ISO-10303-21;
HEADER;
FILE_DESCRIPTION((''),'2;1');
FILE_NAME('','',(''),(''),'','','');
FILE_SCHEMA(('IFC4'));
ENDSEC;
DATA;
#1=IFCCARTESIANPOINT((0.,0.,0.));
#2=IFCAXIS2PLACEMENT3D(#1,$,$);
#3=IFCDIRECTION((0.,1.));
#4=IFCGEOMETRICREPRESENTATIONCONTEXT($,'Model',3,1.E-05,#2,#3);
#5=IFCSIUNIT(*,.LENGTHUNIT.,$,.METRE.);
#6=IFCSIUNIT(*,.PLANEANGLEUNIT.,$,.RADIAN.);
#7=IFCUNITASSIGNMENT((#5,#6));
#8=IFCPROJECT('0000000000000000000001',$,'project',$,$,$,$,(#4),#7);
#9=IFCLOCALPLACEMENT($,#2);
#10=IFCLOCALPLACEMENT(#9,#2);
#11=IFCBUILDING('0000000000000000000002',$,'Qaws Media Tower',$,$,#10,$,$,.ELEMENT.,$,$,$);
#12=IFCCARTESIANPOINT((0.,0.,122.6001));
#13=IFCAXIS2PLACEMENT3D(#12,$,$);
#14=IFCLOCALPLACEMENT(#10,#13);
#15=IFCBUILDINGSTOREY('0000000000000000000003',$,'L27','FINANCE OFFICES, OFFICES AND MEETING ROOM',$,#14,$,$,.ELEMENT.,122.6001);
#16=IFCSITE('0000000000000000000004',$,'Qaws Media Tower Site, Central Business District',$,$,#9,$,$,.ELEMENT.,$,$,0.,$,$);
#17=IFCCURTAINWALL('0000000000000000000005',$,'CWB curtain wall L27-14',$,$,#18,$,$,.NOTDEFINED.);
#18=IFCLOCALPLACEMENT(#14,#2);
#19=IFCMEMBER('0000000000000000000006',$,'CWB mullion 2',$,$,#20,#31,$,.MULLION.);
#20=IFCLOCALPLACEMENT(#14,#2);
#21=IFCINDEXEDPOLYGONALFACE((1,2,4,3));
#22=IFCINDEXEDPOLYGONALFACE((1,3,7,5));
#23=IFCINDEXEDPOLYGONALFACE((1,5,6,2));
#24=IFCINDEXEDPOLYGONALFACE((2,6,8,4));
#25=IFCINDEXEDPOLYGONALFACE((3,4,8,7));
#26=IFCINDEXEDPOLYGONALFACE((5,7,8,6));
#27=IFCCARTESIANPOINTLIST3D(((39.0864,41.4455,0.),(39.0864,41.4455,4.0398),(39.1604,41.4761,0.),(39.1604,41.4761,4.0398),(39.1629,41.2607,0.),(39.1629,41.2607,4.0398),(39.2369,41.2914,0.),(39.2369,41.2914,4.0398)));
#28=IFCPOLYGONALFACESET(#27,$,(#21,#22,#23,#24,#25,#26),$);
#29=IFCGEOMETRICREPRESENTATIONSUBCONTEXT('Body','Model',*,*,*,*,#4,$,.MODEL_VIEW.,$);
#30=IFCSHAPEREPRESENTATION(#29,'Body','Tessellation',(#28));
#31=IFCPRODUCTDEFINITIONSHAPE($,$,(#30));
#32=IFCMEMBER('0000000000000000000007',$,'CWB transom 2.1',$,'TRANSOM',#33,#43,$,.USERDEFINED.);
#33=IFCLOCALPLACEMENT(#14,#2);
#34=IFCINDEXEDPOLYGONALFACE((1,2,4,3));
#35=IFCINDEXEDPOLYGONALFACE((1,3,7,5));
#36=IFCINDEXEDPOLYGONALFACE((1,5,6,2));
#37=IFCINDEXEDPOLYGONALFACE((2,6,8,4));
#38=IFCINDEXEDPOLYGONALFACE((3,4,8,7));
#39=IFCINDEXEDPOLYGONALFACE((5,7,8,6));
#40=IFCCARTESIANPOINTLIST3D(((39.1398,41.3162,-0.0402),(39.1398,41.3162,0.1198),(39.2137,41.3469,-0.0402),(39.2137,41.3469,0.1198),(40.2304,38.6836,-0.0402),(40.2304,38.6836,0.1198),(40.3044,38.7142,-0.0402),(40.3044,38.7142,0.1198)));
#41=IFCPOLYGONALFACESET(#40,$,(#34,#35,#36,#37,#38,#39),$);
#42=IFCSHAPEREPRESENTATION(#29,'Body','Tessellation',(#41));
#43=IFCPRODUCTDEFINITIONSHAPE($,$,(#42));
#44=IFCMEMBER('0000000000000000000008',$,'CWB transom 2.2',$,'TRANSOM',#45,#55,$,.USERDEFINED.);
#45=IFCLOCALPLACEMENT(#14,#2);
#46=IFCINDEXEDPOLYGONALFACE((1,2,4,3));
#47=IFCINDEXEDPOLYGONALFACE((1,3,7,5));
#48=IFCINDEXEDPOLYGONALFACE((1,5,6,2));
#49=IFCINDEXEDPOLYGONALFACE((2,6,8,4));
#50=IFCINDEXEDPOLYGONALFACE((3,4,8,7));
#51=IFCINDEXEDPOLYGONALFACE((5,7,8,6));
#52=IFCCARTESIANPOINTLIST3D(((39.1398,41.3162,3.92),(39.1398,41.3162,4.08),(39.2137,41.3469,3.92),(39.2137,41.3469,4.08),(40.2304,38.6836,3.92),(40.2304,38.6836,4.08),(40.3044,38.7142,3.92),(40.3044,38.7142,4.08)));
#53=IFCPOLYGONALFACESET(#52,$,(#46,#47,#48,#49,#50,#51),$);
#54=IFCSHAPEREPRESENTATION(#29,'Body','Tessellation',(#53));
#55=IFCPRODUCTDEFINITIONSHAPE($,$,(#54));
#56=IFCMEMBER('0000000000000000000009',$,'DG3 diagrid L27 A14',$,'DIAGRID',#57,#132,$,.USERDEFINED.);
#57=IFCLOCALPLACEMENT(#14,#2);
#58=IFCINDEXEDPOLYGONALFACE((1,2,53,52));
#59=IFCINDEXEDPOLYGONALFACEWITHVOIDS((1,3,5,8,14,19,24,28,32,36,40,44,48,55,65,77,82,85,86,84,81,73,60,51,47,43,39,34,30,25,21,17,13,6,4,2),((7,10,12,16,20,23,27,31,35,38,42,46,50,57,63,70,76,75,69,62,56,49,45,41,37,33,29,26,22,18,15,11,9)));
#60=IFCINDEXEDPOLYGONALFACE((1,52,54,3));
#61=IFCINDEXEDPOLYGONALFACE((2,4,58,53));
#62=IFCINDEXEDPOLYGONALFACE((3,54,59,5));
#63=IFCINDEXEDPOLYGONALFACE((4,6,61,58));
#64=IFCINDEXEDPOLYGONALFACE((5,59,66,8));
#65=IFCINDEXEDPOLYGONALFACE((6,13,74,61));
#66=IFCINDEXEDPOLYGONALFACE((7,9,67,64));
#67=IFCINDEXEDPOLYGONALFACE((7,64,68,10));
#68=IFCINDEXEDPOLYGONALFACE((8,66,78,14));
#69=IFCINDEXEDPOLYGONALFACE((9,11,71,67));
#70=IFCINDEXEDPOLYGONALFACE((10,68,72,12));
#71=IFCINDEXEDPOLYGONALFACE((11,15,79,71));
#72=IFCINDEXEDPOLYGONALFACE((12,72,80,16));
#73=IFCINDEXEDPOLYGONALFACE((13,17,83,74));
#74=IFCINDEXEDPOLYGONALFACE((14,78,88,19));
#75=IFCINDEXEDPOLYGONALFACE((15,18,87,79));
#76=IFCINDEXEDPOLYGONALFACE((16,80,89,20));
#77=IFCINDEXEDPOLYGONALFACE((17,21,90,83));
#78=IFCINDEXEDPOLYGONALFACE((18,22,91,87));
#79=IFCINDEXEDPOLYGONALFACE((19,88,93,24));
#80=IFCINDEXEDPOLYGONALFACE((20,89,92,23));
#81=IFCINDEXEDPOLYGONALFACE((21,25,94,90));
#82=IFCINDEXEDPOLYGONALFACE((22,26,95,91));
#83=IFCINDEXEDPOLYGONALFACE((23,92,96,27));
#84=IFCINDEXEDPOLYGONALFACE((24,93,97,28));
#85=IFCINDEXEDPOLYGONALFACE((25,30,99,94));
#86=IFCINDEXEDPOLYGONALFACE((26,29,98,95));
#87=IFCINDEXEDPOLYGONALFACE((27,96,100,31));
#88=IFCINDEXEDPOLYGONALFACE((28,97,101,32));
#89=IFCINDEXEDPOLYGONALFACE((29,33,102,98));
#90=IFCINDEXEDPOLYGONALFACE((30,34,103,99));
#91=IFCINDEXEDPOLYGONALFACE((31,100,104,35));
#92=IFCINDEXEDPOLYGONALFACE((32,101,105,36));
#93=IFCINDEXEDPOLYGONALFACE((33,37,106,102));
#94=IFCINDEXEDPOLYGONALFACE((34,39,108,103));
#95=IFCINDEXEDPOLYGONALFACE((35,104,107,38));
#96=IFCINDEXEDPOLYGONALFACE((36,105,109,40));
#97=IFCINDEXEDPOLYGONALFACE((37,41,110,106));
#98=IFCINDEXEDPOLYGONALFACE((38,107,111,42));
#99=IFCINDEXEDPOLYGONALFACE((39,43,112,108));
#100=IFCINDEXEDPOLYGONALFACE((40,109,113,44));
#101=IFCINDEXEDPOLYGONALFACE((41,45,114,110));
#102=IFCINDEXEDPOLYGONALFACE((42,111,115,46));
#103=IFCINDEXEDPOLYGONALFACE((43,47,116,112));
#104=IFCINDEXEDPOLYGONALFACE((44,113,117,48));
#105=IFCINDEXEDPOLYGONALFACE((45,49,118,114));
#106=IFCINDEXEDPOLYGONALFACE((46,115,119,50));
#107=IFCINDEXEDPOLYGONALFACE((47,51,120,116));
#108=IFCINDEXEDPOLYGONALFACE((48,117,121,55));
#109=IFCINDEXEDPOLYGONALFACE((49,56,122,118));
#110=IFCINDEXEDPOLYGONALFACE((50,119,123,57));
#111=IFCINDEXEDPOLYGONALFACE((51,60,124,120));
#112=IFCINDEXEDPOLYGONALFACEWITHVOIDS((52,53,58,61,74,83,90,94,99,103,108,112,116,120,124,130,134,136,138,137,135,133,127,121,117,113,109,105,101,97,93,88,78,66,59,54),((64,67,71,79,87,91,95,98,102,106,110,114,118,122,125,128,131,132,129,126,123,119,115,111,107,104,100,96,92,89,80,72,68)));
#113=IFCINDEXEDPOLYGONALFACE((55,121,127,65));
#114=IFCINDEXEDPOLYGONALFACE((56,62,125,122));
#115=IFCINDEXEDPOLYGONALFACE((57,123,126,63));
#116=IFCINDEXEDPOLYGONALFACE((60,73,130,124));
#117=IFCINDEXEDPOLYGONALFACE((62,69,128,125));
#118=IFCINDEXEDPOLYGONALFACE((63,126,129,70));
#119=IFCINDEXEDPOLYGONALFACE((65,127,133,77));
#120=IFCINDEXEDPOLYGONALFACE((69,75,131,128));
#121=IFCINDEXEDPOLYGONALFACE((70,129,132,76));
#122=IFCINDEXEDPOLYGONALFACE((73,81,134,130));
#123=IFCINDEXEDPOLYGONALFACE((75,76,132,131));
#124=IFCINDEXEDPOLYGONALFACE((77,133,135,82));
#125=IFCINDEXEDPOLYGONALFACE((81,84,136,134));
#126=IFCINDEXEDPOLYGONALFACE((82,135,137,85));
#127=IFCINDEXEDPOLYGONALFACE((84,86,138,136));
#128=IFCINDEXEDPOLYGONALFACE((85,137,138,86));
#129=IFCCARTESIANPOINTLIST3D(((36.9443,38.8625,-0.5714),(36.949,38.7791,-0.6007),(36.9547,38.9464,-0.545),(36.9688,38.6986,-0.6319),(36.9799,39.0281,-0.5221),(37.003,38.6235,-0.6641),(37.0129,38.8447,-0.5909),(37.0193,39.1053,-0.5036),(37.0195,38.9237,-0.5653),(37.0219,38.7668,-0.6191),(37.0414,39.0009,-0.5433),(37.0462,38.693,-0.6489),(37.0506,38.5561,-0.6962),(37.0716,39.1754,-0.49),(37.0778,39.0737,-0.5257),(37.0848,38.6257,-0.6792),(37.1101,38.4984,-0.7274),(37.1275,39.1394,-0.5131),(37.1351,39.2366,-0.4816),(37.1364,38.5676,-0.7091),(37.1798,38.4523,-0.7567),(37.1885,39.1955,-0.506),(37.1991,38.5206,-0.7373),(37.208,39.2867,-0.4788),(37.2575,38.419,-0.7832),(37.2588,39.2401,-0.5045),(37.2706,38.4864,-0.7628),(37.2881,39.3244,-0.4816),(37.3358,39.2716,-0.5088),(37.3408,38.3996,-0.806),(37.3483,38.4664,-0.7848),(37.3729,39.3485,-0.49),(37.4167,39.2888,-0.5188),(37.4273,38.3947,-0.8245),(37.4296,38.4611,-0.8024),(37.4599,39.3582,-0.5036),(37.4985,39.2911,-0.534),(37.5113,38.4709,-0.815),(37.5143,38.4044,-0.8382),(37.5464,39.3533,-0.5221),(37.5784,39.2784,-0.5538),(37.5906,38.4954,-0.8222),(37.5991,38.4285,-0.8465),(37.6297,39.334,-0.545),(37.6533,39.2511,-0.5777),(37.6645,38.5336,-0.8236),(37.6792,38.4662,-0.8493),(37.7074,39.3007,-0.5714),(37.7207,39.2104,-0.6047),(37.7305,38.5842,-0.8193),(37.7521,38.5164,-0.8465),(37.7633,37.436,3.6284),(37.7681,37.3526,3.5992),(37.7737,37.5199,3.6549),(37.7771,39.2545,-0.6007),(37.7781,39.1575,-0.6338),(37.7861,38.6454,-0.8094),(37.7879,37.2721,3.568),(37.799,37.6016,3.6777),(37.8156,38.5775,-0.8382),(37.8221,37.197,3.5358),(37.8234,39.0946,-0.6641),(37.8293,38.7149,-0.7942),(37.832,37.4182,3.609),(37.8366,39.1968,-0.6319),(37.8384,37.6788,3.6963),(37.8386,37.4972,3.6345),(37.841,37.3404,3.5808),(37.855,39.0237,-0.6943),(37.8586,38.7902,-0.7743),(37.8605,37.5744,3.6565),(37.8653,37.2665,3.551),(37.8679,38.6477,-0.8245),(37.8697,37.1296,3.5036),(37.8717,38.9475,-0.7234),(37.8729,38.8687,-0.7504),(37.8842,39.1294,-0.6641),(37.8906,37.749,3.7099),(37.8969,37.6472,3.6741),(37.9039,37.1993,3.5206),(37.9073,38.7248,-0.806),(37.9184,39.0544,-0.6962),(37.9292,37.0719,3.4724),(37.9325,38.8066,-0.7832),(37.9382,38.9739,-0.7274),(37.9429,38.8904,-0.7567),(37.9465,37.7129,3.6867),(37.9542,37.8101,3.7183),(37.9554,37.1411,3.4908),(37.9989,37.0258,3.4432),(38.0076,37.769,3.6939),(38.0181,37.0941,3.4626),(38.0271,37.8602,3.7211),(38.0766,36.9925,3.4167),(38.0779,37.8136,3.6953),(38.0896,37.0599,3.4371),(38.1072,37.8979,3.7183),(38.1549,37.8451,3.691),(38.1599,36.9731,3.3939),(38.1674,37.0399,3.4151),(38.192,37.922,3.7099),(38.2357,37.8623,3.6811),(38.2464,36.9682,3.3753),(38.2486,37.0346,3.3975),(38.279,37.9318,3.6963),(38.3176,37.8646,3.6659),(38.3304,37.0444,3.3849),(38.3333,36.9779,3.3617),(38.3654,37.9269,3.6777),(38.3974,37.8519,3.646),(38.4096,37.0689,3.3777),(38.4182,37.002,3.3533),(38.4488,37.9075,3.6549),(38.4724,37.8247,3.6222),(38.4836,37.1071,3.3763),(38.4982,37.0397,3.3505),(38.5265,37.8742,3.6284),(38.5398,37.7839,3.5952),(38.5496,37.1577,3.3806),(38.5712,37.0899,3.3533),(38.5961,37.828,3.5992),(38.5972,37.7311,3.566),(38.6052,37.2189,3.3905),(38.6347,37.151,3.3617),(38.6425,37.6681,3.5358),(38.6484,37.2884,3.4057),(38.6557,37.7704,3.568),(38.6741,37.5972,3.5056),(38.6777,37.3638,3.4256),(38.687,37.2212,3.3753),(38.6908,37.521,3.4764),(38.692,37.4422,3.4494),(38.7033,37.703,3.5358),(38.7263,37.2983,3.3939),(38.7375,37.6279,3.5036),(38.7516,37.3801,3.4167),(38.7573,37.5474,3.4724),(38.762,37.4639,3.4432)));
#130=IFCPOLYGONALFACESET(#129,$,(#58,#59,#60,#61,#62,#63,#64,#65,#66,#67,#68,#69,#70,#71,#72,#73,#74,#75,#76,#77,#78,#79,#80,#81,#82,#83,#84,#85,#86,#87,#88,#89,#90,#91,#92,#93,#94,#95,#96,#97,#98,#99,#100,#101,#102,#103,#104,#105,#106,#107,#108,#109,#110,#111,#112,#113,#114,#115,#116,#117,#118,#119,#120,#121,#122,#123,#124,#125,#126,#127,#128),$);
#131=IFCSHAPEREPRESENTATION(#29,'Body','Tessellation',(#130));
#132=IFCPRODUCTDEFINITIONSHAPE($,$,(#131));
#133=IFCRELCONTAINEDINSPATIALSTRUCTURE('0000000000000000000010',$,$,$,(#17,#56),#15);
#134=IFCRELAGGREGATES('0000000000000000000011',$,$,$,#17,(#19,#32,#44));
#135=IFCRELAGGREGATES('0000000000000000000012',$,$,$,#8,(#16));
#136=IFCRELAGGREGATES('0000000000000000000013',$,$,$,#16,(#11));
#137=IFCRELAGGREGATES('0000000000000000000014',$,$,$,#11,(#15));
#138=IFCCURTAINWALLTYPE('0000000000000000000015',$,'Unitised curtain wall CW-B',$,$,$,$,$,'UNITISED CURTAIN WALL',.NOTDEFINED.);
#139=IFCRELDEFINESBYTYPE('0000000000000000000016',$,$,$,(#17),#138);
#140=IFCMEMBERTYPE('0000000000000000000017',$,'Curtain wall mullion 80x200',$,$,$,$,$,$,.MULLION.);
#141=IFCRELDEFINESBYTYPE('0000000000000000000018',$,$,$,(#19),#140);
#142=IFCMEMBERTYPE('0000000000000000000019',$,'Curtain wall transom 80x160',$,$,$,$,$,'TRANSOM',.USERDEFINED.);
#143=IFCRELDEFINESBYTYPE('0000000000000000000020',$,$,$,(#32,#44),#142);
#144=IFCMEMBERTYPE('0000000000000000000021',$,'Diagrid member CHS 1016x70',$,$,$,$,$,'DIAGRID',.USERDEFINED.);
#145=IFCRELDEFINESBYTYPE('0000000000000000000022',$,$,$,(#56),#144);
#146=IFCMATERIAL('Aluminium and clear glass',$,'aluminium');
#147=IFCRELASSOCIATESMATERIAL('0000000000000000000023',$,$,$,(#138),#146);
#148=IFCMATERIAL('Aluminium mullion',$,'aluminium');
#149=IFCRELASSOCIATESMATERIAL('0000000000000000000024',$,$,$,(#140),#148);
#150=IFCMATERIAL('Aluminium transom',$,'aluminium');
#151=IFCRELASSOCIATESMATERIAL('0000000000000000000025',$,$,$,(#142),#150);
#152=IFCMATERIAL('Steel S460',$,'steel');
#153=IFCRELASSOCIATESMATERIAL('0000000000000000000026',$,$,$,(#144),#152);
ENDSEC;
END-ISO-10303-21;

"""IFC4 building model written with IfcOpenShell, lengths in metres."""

from ifc_helpers import new_model, si_unit, direction, frame, origin, origin_2d, place, context, subcontext, project, spatial, rectangle, hollow_circle, extrude, material, material_profile, profile_set, type_object, element, aggregate, save


model = new_model("IFC4")

# Units and contexts
model_context = context("Model", 3, precision=1e-05, world=origin(), true_north=direction((0.0, 1.0)))
body_context = subcontext(model_context, "Body", "Model", "MODEL_VIEW")
ifc_project = project(units=[si_unit("LENGTHUNIT", "METRE"), si_unit("PLANEANGLEUNIT", "RADIAN")], contexts=[model_context])

# Site, building, storey
site_placement = place(None, origin())
site = spatial("IfcSite", under=ifc_project, at=site_placement, Name="Qaws Media Tower Site, Central Business District", CompositionType="ELEMENT", RefElevation=0.0)
building_placement = place(site_placement, origin())
building = spatial("IfcBuilding", under=site, at=building_placement, Name="Qaws Media Tower", CompositionType="ELEMENT")
storey_placement = place(building_placement, frame((0.0, 0.0, 122.6001)))
storey = spatial("IfcBuildingStorey", under=building, at=storey_placement, Name="L27", Description="FINANCE OFFICES, OFFICES AND MEETING ROOM", CompositionType="ELEMENT", Elevation=122.6001)

# Curtain wall, members
ifc_material_1 = material(Name="Aluminium and clear glass", Category="aluminium")
curtain_wall_type = type_object("IfcCurtainWallType", Name="Unitised curtain wall CW-B", ElementType="UNITISED CURTAIN WALL", PredefinedType="NOTDEFINED", material=ifc_material_1)
curtain_wall_placement = place(storey_placement, origin())
curtain_wall = element("IfcCurtainWall", 1, at=curtain_wall_placement, inside=storey, type_object=curtain_wall_type, Name="CWB curtain wall L27-14", PredefinedType="NOTDEFINED")
ifc_material_2 = material(Name="Aluminium mullion", Category="aluminium")
ifc_material_profile_1 = material_profile(ifc_material_2, rectangle(XDim=0.0801, YDim=0.2, at=origin_2d()), Name="80x200")
ifc_profile_set_1 = profile_set([ifc_material_profile_1], Name="Aluminium mullion")
member_type_1 = type_object("IfcMemberType", Name="Curtain wall mullion 80x200", PredefinedType="MULLION", material=ifc_profile_set_1)
member_1_placement = place(storey_placement, frame((39.1616, 41.3684, 0.0), z_axis=(0.0, 0.0, 1.0), x_axis=(0.92388, 0.382683, 0.0)))
member_1 = element("IfcMember", 2, at=member_1_placement, type_object=member_type_1, Name="CWB mullion 2", PredefinedType="MULLION", context=body_context, shape_type="SweptSolid", body=[
    extrude(rectangle(XDim=0.0801, YDim=0.2, at=origin_2d()), origin(), (0.0, 0.0, 1.0), 4.0398),
])
ifc_material_3 = material(Name="Aluminium transom", Category="aluminium")
ifc_material_profile_2 = material_profile(ifc_material_3, rectangle(XDim=0.0801, YDim=0.1599, at=origin_2d()), Name="80x160")
ifc_profile_set_2 = profile_set([ifc_material_profile_2], Name="Aluminium transom")
member_type_2 = type_object("IfcMemberType", Name="Curtain wall transom 80x160", ElementType="TRANSOM", PredefinedType="USERDEFINED", material=ifc_profile_set_2)
member_2_placement = place(storey_placement, frame((39.1768, 41.3315, 0.0398), z_axis=(0.382723, -0.923863, 0.0), x_axis=(0.923863, 0.382723, 0.0)))
member_2 = element("IfcMember", 3, at=member_2_placement, type_object=member_type_2, Name="CWB transom 2.1", ObjectType="TRANSOM", PredefinedType="USERDEFINED", context=body_context, shape_type="SweptSolid", body=[
    extrude(rectangle(XDim=0.0801, YDim=0.1599, at=origin_2d()), origin(), (0.0, 0.0, 1.0), 2.8496),
])
member_3_placement = place(storey_placement, frame((39.1768, 41.3315, 4.0), z_axis=(0.382723, -0.923863, 0.0), x_axis=(0.923863, 0.382723, 0.0)))
member_3 = element("IfcMember", 4, at=member_3_placement, type_object=member_type_2, Name="CWB transom 2.2", ObjectType="TRANSOM", PredefinedType="USERDEFINED", context=body_context, shape_type="SweptSolid", body=[
    extrude(rectangle(XDim=0.0801, YDim=0.1599, at=origin_2d()), origin(), (0.0, 0.0, 1.0), 2.8496),
])

# Member
ifc_material_4 = material(Name="Steel S460", Category="steel")
ifc_material_profile_3 = material_profile(ifc_material_4, hollow_circle(Radius=0.5081, WallThickness=0.0701, at=origin_2d()), Name="CHS 1016x70")
ifc_profile_set_3 = profile_set([ifc_material_profile_3], Name="Steel S460")
member_type_3 = type_object("IfcMemberType", Name="Diagrid member CHS 1016x70", ElementType="DIAGRID", PredefinedType="USERDEFINED", material=ifc_profile_set_3)
for number, where, z_axis, x_axis, name in (
    (5, (37.4436, 38.8765, -0.6641), (0.181593, -0.316259, 0.931131), (0.867209, 0.497944, 0.0), "DG3 diagrid L27 A14"),
):
    element("IfcMember", number, at=place(storey_placement, frame(where, z_axis=z_axis, x_axis=x_axis)), inside=storey, type_object=member_type_3, Name=name, ObjectType="DIAGRID", PredefinedType="USERDEFINED", context=body_context, shape_type="SweptSolid", body=[
        extrude(hollow_circle(Radius=0.5081, WallThickness=0.0701, at=origin_2d()), origin(), (0.0, 0.0, 1.0), 4.5105),
    ])

aggregate(curtain_wall, [member_1, member_2, member_3])

save(model, "model.ifc")
